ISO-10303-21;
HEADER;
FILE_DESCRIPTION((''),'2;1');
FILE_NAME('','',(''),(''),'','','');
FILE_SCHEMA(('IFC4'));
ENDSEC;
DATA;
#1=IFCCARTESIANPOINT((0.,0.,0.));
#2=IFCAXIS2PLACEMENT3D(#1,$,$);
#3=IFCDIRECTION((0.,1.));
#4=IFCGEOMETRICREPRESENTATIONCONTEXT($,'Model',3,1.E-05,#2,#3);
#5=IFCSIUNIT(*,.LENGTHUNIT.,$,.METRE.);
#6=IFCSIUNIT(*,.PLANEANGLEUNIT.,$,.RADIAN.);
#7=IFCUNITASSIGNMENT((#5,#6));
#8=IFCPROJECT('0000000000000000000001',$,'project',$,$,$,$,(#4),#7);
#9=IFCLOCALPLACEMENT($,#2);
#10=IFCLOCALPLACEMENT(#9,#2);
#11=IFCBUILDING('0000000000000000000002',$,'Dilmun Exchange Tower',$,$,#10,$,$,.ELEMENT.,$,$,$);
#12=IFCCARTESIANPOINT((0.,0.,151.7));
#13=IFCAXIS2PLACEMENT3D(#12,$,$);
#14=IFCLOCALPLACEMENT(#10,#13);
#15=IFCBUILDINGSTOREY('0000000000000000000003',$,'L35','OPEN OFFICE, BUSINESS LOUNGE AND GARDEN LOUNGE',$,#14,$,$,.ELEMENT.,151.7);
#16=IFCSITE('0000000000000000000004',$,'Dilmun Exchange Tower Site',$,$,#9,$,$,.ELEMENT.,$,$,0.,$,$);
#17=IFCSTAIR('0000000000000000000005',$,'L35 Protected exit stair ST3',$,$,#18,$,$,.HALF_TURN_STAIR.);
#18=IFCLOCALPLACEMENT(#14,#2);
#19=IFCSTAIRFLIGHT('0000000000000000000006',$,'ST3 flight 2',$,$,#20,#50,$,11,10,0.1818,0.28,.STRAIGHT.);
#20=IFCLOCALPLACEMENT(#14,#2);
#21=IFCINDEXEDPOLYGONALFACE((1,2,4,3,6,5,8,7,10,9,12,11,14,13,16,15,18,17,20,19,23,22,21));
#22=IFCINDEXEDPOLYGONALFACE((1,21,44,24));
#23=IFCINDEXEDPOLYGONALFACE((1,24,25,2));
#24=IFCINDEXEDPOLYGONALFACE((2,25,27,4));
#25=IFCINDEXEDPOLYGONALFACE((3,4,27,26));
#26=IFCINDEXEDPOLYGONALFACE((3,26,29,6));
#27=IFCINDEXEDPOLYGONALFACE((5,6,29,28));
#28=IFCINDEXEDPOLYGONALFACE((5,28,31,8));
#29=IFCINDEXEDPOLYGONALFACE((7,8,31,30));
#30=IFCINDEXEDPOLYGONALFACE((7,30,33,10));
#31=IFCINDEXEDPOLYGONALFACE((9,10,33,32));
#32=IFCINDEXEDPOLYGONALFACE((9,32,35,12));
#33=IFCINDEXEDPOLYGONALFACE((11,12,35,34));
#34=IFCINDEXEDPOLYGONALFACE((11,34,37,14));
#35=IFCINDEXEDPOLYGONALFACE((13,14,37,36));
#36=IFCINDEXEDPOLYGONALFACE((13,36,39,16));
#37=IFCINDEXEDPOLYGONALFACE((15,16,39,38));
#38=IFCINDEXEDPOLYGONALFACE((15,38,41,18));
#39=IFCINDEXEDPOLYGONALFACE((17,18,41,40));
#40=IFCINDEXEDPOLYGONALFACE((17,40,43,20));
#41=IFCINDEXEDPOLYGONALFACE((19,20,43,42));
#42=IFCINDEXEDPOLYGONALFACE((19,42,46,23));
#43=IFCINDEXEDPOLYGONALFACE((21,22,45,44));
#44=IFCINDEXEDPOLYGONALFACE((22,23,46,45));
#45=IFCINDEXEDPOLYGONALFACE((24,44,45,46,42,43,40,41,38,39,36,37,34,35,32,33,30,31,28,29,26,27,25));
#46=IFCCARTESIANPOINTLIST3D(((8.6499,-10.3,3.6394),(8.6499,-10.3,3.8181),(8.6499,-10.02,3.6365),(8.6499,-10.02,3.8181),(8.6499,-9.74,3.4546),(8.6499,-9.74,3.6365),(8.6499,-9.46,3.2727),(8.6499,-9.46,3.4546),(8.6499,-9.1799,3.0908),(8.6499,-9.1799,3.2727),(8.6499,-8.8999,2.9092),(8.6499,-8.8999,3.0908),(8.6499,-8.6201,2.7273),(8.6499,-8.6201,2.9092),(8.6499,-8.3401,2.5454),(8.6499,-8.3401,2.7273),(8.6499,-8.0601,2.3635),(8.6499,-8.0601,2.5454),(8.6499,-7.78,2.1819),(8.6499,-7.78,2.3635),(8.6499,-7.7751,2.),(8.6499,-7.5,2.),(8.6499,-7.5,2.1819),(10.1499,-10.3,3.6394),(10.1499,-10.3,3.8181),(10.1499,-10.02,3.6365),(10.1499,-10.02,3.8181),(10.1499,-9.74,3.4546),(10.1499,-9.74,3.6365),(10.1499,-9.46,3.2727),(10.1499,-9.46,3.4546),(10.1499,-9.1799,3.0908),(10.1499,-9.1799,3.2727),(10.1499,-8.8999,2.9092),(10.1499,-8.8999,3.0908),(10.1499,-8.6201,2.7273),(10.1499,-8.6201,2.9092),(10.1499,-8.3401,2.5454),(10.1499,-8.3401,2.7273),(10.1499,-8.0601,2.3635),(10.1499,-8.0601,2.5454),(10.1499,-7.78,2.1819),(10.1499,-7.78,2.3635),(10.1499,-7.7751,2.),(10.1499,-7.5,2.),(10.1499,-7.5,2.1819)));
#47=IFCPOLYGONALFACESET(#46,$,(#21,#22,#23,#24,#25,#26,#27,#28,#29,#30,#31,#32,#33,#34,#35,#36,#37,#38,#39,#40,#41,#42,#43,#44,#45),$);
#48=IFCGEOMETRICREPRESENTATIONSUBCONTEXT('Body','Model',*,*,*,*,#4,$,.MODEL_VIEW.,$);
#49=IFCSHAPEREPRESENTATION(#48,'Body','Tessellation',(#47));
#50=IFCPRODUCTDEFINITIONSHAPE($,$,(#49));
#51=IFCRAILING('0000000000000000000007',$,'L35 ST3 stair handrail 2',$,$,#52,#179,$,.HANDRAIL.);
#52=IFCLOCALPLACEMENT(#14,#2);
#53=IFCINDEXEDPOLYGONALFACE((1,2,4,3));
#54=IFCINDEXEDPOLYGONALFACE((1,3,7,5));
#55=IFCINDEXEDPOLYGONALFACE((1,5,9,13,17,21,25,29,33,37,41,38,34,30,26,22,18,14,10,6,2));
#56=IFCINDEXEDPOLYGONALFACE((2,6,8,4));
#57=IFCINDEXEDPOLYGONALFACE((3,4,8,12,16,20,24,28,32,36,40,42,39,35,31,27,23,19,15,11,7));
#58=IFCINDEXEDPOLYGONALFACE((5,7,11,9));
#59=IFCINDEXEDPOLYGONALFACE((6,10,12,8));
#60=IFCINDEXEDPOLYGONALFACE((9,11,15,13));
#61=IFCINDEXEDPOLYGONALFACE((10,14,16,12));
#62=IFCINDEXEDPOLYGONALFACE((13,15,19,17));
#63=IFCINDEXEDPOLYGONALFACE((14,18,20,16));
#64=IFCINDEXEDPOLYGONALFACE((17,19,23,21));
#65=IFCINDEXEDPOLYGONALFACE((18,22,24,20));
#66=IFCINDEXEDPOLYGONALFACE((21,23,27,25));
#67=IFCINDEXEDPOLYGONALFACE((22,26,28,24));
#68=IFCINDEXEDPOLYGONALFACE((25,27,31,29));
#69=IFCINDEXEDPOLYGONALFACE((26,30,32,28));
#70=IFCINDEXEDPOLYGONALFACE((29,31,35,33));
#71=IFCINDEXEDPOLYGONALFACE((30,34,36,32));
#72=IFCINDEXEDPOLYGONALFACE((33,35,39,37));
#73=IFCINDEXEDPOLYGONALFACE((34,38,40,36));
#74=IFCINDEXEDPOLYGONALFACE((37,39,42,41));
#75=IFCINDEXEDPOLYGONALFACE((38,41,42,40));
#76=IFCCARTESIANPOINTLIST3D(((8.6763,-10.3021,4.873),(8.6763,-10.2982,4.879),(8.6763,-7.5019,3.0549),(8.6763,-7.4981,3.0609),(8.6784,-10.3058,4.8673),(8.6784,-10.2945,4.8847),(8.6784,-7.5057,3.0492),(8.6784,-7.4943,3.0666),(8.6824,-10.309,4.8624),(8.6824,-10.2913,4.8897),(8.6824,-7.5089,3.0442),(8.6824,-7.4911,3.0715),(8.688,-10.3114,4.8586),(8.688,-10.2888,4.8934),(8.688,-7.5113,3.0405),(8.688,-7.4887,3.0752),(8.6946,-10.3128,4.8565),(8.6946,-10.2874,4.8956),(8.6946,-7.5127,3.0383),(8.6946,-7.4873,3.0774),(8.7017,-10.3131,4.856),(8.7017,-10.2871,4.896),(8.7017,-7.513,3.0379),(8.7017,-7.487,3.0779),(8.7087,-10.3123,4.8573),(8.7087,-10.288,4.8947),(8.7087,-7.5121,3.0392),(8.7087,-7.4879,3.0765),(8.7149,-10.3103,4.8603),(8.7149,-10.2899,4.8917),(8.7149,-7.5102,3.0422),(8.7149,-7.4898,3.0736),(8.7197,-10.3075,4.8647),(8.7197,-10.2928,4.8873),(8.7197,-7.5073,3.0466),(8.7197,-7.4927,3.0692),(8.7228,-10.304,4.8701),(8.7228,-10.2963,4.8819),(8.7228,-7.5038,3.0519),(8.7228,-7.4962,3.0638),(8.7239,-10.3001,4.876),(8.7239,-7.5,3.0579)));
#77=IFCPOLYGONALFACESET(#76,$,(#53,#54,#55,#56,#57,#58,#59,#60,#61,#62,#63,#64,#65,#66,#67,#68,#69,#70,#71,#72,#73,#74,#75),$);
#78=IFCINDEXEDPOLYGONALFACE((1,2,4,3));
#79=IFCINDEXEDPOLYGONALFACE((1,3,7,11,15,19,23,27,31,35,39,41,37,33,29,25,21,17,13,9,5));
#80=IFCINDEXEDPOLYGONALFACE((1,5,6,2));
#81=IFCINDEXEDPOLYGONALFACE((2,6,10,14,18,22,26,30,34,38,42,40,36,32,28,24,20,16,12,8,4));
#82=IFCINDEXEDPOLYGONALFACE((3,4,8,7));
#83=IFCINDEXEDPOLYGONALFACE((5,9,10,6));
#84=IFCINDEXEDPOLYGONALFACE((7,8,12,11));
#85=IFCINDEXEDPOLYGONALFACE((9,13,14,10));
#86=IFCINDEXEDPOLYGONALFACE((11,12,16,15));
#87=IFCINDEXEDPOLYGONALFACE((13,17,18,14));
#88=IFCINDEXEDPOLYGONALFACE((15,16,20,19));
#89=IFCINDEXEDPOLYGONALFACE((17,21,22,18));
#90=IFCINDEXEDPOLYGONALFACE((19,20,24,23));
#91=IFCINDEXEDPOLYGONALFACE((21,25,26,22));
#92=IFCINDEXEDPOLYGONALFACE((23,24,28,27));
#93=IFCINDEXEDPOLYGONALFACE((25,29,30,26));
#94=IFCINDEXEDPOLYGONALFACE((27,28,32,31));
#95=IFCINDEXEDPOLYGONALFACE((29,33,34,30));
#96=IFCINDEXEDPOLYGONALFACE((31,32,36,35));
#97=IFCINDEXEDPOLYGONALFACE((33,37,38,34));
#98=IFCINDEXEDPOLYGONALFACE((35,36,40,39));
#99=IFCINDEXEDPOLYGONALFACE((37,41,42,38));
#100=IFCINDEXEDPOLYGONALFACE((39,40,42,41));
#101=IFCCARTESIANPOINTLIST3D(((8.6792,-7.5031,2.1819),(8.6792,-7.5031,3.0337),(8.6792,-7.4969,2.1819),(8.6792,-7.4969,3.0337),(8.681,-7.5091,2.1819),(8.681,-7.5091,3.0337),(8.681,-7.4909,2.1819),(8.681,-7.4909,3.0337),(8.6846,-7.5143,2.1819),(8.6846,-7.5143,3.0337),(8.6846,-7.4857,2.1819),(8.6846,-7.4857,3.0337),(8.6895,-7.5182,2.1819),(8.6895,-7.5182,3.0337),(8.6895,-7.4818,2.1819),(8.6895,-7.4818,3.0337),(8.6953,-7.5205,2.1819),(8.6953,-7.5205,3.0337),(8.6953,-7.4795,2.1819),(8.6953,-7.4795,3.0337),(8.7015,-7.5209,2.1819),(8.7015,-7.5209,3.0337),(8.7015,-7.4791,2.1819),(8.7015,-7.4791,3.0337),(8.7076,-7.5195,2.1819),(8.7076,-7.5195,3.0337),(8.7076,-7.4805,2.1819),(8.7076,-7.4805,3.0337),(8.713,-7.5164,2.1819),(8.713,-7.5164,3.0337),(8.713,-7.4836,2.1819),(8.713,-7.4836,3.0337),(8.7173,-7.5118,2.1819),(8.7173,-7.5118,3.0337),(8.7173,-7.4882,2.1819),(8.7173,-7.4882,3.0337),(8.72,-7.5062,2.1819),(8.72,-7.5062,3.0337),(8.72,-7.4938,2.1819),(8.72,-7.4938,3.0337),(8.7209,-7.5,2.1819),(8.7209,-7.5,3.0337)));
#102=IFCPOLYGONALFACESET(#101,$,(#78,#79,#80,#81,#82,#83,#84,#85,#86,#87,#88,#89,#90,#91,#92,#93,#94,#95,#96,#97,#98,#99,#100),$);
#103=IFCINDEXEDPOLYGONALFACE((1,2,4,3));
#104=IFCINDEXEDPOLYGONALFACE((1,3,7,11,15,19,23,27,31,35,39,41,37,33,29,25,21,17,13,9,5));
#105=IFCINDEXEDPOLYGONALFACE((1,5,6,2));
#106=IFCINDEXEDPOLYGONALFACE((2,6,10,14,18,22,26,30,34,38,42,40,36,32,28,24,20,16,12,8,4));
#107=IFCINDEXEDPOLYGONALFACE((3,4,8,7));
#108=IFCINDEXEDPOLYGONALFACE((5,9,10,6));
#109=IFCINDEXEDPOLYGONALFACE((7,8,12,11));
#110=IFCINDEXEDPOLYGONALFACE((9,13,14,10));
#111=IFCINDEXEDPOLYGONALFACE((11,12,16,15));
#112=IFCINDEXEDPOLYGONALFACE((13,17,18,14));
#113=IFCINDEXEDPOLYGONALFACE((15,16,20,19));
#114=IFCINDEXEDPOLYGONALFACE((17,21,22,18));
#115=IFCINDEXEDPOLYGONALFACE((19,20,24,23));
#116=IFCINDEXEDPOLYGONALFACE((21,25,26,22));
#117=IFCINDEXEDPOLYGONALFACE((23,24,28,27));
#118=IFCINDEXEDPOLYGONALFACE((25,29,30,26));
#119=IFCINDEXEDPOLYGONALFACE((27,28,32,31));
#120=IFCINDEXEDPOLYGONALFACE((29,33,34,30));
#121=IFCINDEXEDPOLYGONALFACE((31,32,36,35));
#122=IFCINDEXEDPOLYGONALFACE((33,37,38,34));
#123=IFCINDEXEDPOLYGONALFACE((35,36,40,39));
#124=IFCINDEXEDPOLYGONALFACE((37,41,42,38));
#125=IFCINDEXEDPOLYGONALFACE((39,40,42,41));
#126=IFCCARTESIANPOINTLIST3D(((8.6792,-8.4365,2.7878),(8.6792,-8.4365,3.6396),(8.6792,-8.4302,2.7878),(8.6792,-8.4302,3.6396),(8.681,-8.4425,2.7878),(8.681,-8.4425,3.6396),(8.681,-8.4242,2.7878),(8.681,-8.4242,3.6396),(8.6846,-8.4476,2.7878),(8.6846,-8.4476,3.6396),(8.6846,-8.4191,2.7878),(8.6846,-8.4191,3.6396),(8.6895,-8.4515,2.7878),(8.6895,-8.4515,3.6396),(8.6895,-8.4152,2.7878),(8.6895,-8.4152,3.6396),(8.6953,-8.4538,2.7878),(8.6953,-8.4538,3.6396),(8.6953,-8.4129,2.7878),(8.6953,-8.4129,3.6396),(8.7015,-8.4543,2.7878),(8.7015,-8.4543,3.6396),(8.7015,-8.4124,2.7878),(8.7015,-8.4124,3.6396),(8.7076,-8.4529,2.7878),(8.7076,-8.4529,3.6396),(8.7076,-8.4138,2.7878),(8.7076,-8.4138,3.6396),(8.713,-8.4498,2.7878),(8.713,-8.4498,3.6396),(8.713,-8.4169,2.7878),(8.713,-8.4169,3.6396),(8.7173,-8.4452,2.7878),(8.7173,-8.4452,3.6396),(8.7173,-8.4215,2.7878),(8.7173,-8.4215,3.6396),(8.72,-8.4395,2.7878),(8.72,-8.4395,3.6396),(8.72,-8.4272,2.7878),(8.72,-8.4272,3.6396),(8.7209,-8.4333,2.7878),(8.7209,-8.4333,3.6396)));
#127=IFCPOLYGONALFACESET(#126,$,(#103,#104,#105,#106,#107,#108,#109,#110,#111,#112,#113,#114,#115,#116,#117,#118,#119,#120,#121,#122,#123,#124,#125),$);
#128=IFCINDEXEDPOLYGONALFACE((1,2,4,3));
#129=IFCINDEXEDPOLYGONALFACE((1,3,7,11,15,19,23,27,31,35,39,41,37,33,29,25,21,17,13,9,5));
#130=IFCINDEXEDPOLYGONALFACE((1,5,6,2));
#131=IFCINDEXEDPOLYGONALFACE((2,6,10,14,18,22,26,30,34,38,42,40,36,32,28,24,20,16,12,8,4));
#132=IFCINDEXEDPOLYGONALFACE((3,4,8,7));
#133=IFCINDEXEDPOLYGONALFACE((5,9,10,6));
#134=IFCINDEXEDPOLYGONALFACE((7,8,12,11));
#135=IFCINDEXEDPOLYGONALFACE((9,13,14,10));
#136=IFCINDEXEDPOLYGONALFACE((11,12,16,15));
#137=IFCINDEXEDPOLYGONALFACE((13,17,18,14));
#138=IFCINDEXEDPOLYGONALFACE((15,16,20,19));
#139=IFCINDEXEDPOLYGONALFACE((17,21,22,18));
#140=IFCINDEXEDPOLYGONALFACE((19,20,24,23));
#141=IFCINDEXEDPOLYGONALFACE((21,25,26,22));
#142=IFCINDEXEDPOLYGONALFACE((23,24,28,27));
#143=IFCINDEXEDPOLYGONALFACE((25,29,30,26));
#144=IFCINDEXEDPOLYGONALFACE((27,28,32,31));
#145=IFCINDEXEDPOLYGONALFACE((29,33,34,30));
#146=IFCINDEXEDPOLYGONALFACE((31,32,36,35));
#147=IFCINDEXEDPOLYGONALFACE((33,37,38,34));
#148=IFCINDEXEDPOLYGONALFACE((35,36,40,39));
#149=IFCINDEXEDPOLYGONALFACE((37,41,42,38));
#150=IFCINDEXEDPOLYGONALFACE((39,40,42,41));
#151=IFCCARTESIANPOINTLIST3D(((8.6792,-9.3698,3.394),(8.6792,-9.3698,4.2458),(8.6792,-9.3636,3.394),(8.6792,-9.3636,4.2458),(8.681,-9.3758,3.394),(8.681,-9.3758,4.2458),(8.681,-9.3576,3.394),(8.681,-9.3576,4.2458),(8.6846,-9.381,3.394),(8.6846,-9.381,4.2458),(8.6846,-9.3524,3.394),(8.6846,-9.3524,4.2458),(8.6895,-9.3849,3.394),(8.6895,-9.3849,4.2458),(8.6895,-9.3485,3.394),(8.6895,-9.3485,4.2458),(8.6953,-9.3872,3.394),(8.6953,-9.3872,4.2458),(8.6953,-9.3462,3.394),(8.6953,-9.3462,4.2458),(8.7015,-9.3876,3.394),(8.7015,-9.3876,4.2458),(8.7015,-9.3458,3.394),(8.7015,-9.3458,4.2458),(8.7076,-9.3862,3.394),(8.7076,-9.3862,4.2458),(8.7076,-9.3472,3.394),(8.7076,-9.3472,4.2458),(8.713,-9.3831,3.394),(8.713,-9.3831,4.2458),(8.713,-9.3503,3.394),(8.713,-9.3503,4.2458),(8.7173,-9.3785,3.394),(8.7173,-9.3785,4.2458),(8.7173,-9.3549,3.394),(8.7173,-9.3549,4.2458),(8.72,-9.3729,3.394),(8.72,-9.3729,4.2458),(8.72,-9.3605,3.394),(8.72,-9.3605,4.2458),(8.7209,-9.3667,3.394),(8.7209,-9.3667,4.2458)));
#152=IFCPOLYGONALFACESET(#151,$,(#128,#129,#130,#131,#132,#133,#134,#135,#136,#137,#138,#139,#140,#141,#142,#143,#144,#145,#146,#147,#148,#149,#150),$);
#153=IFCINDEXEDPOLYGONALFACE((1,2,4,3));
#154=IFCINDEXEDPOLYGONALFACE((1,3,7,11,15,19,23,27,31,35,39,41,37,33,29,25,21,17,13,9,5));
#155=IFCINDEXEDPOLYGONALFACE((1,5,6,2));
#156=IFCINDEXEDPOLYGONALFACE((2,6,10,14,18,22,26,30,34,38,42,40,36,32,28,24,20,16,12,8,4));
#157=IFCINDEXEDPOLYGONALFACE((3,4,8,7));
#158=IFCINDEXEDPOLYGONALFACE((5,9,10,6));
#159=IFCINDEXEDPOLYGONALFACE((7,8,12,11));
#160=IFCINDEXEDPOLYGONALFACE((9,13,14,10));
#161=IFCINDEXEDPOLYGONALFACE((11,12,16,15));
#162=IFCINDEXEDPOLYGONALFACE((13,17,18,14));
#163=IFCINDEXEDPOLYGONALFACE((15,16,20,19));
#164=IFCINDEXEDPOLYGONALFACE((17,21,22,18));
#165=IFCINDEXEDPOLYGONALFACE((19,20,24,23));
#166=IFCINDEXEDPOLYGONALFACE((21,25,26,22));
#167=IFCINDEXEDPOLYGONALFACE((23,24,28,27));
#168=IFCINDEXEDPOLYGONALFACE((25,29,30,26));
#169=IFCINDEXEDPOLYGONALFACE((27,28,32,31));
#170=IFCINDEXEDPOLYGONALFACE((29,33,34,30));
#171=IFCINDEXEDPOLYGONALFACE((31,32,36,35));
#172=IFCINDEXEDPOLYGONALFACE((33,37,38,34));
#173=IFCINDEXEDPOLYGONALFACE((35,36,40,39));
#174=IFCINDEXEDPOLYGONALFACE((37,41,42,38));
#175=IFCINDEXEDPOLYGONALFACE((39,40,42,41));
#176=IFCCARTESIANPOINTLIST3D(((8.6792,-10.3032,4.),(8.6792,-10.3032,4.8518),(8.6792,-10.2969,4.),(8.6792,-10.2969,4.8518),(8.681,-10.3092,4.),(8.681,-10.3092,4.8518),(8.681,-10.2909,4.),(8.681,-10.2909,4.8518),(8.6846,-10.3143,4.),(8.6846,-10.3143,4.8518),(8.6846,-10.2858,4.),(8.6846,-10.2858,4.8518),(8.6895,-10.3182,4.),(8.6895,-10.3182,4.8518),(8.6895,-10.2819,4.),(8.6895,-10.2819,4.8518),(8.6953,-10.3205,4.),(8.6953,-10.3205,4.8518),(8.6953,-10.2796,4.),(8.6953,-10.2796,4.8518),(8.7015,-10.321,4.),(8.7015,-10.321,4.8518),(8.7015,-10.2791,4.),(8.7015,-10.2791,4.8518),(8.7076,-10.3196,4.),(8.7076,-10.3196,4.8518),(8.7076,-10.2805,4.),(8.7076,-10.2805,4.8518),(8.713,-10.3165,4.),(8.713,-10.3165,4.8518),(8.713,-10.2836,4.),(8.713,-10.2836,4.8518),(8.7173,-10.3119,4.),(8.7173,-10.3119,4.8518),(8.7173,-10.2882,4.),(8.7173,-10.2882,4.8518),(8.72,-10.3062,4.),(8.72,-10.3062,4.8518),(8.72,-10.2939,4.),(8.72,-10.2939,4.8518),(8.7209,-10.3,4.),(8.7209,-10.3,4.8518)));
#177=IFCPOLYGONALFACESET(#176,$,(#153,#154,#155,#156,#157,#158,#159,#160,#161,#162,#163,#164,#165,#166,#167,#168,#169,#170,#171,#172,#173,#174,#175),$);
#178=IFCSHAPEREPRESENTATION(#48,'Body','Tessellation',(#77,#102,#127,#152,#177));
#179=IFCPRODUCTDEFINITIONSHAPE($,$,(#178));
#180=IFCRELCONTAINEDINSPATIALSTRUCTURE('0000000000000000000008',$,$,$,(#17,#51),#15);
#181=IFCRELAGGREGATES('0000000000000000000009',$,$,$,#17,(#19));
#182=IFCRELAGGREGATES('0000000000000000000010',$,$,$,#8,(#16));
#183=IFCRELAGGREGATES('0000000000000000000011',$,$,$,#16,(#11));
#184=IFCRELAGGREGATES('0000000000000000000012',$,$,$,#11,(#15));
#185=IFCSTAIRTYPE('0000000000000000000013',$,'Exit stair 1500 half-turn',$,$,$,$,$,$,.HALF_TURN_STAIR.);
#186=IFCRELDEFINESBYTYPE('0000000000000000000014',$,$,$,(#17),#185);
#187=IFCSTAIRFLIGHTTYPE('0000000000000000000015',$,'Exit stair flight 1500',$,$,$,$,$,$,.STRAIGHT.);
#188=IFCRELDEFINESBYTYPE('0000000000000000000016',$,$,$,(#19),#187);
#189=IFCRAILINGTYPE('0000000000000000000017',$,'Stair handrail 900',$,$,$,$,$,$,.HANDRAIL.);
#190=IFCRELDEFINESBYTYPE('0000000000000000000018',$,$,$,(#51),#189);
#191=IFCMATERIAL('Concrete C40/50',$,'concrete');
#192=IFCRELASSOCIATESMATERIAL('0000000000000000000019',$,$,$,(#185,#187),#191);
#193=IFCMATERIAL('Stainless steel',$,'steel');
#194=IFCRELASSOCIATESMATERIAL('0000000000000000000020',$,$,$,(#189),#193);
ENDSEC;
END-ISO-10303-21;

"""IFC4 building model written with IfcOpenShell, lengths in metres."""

from ifc_helpers import new_model, si_unit, direction, frame, origin, origin_2d, place, context, subcontext, project, spatial, polyline, circle, outline, extrude, material, type_object, element, aggregate, save


model = new_model("IFC4")

# Units and contexts
model_context = context("Model", 3, precision=1e-05, world=origin(), true_north=direction((0.0, 1.0)))
body_context = subcontext(model_context, "Body", "Model", "MODEL_VIEW")
ifc_project = project(units=[si_unit("LENGTHUNIT", "METRE"), si_unit("PLANEANGLEUNIT", "RADIAN")], contexts=[model_context])

# Site, building, storey
site_placement = place(None, origin())
site = spatial("IfcSite", under=ifc_project, at=site_placement, Name="Dilmun Exchange Tower Site", CompositionType="ELEMENT", RefElevation=0.0)
building_placement = place(site_placement, origin())
building = spatial("IfcBuilding", under=site, at=building_placement, Name="Dilmun Exchange Tower", CompositionType="ELEMENT")
storey_placement = place(building_placement, frame((0.0, 0.0, 151.7)))
storey = spatial("IfcBuildingStorey", under=building, at=storey_placement, Name="L35", Description="OPEN OFFICE, BUSINESS LOUNGE AND GARDEN LOUNGE", CompositionType="ELEMENT", Elevation=151.7)

# Shared definitions
ifc_material_1 = material(Name="Concrete C40/50", Category="concrete")

# Stair, stair flight
stair_type = type_object("IfcStairType", Name="Exit stair 1500 half-turn", PredefinedType="HALF_TURN_STAIR", material=ifc_material_1)
stair_placement = place(storey_placement, origin())
stair = element("IfcStair", 1, at=stair_placement, inside=storey, type_object=stair_type, Name="L35 Protected exit stair ST3", PredefinedType="HALF_TURN_STAIR")
stair_flight_type = type_object("IfcStairFlightType", Name="Exit stair flight 1500", PredefinedType="STRAIGHT", material=ifc_material_1)
stair_flight_1_placement = place(storey_placement, frame((9.3999, -7.5, 2.0), z_axis=(0.0, 0.0, 1.0), x_axis=(0.0, -1.0, 0.0)))
stair_flight_1 = element("IfcStairFlight", 2, at=stair_flight_1_placement, type_object=stair_flight_type, Name="ST3 flight 2", NumberOfRisers=11, NumberOfTreads=10, PredefinedType="STRAIGHT", RiserHeight=0.1818, TreadLength=0.28, context=body_context, shape_type="SweptSolid", body=[
    extrude(outline(polyline([(0.0, 0.0), (0.0, 0.1819), (0.28, 0.1819), (0.28, 0.3635), (0.5601, 0.3635), (0.5601, 0.5454), (0.8401, 0.5454), (0.8401, 0.7273), (1.1201, 0.7273), (1.1201, 0.9092), (1.3999, 0.9092), (1.3999, 1.0908), (1.6799, 1.0908), (1.6799, 1.2727), (1.96, 1.2727), (1.96, 1.4546), (2.24, 1.4546), (2.24, 1.6365), (2.52, 1.6365), (2.52, 1.8181), (2.8, 1.8181), (2.8, 2.0), (2.8, 1.6394), (0.2751, 0.0), (0.0, 0.0)])), frame((0.0, 0.75, 0.0), z_axis=(0.0, -1.0, 0.0), x_axis=(1.0, 0.0, 0.0)), (0.0, 0.0, 1.0), 1.5),
])
aggregate(stair, [stair_flight_1])

# Railing
ifc_material_2 = material(Name="Stainless steel", Category="steel")
railing_type = type_object("IfcRailingType", Name="Stair handrail 900", PredefinedType="HANDRAIL", material=ifc_material_2)
railing_placement = place(storey_placement, frame((8.7, -7.5, 2.1819)))
element("IfcRailing", 3, at=railing_placement, inside=storey, type_object=railing_type, Name="L35 ST3 stair handrail 2", PredefinedType="HANDRAIL", context=body_context, shape_type="SweptSolid", body=[
    extrude(circle(Radius=0.0239, at=origin_2d()), frame((0.0, 0.0, 0.876), z_axis=(0.0, -0.838706, 0.544585), x_axis=(1.0, 0.0, 0.0)), (0.0, 0.0, 1.0), 3.3386),
    extrude(circle(Radius=0.021, at=origin_2d()), origin(), (0.0, 0.0, 1.0), 0.8518),
    extrude(circle(Radius=0.021, at=origin_2d()), frame((0.0, -0.9333, 0.606)), (0.0, 0.0, 1.0), 0.8518),
    extrude(circle(Radius=0.021, at=origin_2d()), frame((0.0, -1.8667, 1.2122)), (0.0, 0.0, 1.0), 0.8518),
    extrude(circle(Radius=0.021, at=origin_2d()), frame((0.0, -2.8, 1.8181)), (0.0, 0.0, 1.0), 0.8518),
])

save(model, "model.ifc")
